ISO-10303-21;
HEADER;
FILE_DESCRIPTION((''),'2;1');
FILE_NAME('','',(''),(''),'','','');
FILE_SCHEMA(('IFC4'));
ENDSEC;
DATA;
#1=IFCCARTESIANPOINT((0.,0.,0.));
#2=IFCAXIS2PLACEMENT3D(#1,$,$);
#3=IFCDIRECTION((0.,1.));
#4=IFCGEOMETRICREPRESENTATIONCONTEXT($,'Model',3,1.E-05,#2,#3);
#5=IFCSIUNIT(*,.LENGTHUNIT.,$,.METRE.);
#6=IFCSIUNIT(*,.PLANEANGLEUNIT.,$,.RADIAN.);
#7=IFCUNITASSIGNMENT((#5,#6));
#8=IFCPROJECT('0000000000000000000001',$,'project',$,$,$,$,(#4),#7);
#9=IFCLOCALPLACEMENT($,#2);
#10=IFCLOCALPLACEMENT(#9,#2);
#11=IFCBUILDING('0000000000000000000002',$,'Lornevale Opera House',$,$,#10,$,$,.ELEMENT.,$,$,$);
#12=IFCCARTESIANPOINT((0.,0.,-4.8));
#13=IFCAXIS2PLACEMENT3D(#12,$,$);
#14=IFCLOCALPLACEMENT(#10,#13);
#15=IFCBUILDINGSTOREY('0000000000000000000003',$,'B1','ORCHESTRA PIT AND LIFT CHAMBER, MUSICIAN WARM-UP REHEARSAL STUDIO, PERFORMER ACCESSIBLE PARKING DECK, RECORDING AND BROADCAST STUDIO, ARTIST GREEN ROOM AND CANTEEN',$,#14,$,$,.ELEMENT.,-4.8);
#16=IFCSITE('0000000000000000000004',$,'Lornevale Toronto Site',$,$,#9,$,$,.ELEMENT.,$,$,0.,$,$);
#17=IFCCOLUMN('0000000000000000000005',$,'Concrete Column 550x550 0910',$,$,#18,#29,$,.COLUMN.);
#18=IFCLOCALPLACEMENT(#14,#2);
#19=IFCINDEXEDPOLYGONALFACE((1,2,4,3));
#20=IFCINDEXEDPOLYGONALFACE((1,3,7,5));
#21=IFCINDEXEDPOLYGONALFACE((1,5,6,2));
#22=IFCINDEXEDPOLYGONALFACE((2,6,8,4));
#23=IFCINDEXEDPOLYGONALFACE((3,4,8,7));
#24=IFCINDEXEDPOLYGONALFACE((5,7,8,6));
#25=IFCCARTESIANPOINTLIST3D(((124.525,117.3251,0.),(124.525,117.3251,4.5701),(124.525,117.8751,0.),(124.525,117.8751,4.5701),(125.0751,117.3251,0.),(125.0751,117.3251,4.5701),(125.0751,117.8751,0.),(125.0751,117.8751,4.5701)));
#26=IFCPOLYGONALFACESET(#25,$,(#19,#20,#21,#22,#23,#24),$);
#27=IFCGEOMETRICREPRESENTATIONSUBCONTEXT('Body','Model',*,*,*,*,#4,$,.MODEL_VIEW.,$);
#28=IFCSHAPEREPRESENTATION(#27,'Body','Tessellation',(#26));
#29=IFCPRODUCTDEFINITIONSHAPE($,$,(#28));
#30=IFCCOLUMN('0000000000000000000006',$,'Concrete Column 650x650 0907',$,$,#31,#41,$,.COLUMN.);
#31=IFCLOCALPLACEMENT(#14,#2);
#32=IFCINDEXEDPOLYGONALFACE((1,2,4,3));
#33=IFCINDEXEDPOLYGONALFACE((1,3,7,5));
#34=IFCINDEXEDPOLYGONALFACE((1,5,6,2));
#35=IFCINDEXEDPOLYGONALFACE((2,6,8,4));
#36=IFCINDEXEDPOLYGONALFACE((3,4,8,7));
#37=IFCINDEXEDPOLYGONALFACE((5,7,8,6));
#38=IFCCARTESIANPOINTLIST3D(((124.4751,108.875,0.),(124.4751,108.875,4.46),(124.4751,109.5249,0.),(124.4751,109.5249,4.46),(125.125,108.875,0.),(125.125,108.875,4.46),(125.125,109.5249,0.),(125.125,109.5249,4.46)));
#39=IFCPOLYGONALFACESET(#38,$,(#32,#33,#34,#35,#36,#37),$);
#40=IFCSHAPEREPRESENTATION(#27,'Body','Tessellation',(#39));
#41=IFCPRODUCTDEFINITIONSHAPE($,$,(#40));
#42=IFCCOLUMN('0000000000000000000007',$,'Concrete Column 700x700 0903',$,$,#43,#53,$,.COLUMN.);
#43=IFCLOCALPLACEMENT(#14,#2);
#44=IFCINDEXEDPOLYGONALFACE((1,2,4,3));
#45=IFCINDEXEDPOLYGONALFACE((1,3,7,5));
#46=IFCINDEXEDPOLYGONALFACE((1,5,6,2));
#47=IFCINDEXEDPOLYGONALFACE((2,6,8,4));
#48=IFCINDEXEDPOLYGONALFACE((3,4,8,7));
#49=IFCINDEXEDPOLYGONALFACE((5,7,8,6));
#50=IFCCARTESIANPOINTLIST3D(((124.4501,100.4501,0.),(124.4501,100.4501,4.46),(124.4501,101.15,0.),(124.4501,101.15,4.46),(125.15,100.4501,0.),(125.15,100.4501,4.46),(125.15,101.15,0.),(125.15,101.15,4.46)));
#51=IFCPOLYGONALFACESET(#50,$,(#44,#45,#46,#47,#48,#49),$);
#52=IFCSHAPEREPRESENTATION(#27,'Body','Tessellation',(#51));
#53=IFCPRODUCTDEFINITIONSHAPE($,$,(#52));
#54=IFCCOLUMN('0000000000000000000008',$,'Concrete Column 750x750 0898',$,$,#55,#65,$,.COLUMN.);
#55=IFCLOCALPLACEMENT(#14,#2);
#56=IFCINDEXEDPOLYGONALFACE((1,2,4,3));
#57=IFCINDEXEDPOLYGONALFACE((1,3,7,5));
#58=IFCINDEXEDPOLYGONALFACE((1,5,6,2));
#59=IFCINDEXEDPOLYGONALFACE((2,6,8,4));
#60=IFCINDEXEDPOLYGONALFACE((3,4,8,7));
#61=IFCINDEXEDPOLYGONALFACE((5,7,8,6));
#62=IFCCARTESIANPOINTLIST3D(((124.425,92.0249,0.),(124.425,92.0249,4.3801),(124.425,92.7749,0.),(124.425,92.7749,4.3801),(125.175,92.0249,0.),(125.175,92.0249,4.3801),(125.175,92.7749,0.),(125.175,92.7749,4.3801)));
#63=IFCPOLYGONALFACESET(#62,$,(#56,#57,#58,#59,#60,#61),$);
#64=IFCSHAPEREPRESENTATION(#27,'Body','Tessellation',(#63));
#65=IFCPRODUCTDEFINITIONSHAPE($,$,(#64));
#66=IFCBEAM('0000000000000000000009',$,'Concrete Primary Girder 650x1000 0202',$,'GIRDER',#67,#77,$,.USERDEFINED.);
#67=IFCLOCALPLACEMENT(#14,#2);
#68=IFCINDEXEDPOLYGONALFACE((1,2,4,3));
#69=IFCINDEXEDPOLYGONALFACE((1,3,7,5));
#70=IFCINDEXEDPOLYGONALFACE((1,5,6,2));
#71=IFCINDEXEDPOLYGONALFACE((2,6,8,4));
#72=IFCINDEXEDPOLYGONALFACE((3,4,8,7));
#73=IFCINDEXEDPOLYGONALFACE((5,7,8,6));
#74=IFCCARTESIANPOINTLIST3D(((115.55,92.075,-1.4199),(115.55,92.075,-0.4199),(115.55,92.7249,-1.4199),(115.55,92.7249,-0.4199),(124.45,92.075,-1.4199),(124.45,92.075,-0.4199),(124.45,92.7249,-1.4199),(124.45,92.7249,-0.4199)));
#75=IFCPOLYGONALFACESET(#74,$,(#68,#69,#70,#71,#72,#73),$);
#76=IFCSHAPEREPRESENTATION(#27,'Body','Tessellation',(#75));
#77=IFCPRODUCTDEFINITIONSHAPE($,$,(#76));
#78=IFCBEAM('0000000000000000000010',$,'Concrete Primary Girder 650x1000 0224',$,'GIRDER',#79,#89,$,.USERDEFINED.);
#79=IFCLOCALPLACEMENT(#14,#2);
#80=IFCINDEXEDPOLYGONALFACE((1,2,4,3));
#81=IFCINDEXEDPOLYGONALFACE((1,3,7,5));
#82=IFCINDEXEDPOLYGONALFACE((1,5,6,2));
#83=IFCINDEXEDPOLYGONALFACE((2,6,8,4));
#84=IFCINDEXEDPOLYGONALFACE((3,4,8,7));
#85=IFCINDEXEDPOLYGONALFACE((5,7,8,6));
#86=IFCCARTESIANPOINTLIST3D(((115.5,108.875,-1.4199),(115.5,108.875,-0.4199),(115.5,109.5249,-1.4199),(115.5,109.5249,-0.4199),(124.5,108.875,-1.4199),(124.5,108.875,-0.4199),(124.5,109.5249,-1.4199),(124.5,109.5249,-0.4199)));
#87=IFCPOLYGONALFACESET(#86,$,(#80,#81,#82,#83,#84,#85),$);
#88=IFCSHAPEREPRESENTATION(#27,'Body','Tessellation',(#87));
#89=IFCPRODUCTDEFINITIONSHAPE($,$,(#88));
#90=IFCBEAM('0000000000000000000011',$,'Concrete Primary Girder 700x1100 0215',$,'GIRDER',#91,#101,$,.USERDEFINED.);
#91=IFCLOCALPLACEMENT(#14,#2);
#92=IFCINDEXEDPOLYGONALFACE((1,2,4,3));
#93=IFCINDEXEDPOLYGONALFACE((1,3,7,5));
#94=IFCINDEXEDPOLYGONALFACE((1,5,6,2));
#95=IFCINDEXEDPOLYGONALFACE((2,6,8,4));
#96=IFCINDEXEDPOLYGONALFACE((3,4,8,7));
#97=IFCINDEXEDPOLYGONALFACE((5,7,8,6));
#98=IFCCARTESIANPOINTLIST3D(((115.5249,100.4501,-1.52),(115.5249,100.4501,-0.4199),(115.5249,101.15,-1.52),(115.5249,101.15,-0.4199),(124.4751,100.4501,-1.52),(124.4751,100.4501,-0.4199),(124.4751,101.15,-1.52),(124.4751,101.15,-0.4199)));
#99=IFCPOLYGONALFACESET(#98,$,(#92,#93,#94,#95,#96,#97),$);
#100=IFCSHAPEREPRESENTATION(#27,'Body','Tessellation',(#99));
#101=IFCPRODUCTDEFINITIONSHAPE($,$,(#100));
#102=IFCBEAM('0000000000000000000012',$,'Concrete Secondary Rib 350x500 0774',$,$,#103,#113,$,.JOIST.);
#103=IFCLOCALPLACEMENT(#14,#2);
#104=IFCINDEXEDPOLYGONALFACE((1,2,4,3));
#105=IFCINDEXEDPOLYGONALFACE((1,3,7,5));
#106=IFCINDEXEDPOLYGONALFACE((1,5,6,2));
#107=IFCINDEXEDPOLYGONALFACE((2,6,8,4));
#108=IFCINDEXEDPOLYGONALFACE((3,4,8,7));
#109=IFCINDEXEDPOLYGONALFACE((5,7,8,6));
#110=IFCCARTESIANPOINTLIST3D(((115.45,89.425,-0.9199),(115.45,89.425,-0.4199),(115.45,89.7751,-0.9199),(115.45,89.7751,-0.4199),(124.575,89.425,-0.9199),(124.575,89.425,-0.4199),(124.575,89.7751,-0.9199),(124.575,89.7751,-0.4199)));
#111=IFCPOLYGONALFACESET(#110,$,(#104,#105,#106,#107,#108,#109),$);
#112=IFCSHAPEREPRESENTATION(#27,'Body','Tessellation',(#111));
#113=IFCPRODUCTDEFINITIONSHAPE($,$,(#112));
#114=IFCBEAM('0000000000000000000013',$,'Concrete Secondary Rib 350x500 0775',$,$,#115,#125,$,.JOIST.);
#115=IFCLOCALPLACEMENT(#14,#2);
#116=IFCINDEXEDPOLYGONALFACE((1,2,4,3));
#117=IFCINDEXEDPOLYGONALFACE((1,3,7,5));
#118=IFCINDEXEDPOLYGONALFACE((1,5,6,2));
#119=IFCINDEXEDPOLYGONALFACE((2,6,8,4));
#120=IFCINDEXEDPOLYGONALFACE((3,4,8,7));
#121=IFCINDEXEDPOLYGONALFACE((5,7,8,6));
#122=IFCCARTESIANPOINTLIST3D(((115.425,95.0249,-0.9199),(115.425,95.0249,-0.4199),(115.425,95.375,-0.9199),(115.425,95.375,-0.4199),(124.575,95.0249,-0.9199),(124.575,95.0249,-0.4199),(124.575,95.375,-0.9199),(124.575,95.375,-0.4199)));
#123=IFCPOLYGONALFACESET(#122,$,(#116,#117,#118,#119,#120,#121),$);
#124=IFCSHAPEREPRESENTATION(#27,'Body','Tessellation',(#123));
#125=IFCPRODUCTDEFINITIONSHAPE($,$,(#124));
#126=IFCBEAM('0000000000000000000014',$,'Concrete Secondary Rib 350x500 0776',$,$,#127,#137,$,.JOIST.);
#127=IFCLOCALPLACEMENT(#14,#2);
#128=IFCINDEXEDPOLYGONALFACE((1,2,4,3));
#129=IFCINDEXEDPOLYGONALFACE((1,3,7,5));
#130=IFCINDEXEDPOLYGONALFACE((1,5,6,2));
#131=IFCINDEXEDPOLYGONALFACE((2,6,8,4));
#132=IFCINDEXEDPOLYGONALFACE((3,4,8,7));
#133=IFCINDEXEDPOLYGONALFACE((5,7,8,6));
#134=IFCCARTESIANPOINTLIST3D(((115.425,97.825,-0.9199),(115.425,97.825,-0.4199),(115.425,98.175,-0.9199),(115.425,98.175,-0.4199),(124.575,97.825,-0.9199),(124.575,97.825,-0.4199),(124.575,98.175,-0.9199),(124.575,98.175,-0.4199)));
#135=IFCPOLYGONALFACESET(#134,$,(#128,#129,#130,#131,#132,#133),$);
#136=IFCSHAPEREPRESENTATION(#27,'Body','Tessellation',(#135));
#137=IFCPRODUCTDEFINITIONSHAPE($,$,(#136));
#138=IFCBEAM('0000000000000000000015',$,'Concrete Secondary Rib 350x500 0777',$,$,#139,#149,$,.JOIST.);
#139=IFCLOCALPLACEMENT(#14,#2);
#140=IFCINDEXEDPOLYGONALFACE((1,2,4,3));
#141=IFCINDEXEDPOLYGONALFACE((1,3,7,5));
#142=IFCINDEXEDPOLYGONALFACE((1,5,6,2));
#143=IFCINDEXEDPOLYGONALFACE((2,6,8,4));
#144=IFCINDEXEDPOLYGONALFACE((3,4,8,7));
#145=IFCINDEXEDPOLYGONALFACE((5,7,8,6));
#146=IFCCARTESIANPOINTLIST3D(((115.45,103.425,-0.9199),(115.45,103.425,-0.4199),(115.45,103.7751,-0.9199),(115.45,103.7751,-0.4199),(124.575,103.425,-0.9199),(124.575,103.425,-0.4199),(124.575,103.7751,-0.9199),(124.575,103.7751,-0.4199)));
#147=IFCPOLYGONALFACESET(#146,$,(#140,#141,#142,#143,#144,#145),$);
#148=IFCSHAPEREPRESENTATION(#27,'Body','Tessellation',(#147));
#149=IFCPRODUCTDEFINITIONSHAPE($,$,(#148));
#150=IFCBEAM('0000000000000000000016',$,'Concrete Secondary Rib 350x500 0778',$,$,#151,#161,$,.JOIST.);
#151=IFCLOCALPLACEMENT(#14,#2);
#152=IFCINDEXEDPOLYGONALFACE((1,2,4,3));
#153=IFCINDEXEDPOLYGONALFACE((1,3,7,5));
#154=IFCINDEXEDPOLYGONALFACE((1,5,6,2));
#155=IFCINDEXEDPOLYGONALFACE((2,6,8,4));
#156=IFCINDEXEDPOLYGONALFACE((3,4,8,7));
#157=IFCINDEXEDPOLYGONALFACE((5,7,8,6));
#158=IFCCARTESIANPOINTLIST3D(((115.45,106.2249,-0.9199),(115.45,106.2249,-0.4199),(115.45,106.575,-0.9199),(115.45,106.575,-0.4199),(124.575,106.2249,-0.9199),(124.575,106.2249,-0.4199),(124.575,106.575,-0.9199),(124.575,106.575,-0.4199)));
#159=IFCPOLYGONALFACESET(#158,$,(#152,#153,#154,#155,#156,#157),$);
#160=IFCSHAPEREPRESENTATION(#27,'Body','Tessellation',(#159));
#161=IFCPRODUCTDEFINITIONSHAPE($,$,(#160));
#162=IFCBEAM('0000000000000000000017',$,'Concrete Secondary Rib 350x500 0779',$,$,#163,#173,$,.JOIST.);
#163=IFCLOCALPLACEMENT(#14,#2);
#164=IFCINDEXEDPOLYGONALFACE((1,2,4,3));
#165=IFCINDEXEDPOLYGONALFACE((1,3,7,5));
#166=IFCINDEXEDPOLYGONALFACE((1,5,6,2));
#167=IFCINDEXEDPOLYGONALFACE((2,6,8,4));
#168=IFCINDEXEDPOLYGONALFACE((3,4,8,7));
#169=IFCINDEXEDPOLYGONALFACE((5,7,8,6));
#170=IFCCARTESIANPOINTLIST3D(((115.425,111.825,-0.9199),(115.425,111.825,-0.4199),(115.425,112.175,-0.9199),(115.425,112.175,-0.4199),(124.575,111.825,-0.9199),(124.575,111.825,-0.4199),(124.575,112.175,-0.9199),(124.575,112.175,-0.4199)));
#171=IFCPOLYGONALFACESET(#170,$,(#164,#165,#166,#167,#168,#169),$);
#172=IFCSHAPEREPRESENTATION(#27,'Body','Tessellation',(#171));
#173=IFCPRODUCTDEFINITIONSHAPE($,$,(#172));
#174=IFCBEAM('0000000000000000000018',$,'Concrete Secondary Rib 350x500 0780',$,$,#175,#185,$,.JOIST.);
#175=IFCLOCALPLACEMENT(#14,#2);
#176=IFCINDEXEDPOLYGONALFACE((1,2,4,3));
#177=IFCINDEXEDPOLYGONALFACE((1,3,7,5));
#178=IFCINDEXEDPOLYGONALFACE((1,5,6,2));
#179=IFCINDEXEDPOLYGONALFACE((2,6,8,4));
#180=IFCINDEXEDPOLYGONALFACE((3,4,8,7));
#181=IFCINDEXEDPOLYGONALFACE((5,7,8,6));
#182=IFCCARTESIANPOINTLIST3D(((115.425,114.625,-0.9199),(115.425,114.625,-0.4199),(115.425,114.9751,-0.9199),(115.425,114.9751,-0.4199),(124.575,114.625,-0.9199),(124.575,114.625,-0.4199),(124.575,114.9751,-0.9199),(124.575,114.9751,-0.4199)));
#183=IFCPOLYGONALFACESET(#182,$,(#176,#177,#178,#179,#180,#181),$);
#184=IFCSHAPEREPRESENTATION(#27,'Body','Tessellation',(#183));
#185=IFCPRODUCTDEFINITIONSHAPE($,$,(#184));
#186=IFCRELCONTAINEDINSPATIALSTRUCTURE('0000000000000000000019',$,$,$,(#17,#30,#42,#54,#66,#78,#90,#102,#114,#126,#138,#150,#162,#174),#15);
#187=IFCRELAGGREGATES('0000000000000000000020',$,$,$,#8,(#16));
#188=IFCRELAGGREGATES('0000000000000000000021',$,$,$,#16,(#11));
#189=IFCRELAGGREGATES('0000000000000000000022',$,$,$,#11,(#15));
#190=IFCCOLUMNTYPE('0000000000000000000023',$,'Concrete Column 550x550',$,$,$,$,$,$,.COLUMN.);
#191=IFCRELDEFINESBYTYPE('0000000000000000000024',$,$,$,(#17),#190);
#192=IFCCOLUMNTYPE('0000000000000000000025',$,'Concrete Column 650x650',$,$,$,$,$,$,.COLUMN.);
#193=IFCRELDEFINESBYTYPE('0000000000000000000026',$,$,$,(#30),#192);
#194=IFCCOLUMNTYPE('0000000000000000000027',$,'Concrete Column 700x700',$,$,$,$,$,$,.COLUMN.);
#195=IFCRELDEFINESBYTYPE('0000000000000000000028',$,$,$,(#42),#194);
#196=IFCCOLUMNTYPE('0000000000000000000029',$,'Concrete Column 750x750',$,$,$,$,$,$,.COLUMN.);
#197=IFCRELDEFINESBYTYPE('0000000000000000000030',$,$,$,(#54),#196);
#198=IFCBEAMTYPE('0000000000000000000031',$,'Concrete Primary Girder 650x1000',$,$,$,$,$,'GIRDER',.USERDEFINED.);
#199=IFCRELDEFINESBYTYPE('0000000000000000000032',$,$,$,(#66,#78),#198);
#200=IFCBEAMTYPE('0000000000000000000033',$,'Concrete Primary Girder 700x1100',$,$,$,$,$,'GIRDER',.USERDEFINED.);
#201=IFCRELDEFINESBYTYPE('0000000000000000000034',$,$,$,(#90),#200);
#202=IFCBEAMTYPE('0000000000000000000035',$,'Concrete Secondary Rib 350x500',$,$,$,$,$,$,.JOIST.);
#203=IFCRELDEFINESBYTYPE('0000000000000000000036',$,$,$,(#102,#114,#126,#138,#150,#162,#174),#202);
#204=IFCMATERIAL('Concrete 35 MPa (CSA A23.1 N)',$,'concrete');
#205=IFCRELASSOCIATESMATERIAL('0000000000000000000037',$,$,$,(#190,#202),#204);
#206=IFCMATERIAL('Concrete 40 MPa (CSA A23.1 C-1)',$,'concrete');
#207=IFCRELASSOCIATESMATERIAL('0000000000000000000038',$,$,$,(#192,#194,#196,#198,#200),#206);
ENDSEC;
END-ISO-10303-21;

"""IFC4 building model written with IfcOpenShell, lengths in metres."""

from ifc_helpers import new_model, si_unit, direction, frame, origin, origin_2d, place, context, subcontext, project, spatial, rectangle, extrude, material, material_profile, profile_set, type_object, element, save


model = new_model("IFC4")

# Units and contexts
model_context = context("Model", 3, precision=1e-05, world=origin(), true_north=direction((0.0, 1.0)))
body_context = subcontext(model_context, "Body", "Model", "MODEL_VIEW")
ifc_project = project(units=[si_unit("LENGTHUNIT", "METRE"), si_unit("PLANEANGLEUNIT", "RADIAN")], contexts=[model_context])

# Site, building, storey
site_placement = place(None, origin())
site = spatial("IfcSite", under=ifc_project, at=site_placement, Name="Lornevale Toronto Site", CompositionType="ELEMENT", RefElevation=0.0)
building_placement = place(site_placement, origin())
building = spatial("IfcBuilding", under=site, at=building_placement, Name="Lornevale Opera House", CompositionType="ELEMENT")
storey_placement = place(building_placement, frame((0.0, 0.0, -4.8)))
storey = spatial("IfcBuildingStorey", under=building, at=storey_placement, Name="B1", Description="ORCHESTRA PIT AND LIFT CHAMBER, MUSICIAN WARM-UP REHEARSAL STUDIO, PERFORMER ACCESSIBLE PARKING DECK, RECORDING AND BROADCAST STUDIO, ARTIST GREEN ROOM AND CANTEEN", CompositionType="ELEMENT", Elevation=-4.8)

# Columns
ifc_material_1 = material(Name="Concrete 35 MPa (CSA A23.1 N)", Category="concrete")
ifc_material_profile_1 = material_profile(ifc_material_1, rectangle(XDim=0.55, YDim=0.55, at=origin_2d()), Name="RC550x550")
ifc_profile_set_1 = profile_set([ifc_material_profile_1], Name="Concrete 35 MPa (CSA A23.1 N)")
column_type_1 = type_object("IfcColumnType", Name="Concrete Column 550x550", PredefinedType="COLUMN", material=ifc_profile_set_1)
column_1_placement = place(storey_placement, frame((124.8, 117.6001, 0.0), z_axis=(0.0, 0.0, 1.0), x_axis=(1.0, 0.0, 0.0)))
element("IfcColumn", 1, at=column_1_placement, inside=storey, type_object=column_type_1, Name="Concrete Column 550x550 0910", PredefinedType="COLUMN", context=body_context, shape_type="SweptSolid", body=[
    extrude(rectangle(XDim=0.55, YDim=0.55, at=origin_2d()), origin(), (0.0, 0.0, 1.0), 4.5701),
])
ifc_material_2 = material(Name="Concrete 40 MPa (CSA A23.1 C-1)", Category="concrete")
ifc_material_profile_2 = material_profile(ifc_material_2, rectangle(XDim=0.6499, YDim=0.6499, at=origin_2d()), Name="RC650x650")
ifc_profile_set_2 = profile_set([ifc_material_profile_2], Name="Concrete 40 MPa (CSA A23.1 C-1)")
column_type_2 = type_object("IfcColumnType", Name="Concrete Column 650x650", PredefinedType="COLUMN", material=ifc_profile_set_2)
column_2_placement = place(storey_placement, frame((124.8, 109.2, 0.0), z_axis=(0.0, 0.0, 1.0), x_axis=(1.0, 0.0, 0.0)))
element("IfcColumn", 2, at=column_2_placement, inside=storey, type_object=column_type_2, Name="Concrete Column 650x650 0907", PredefinedType="COLUMN", context=body_context, shape_type="SweptSolid", body=[
    extrude(rectangle(XDim=0.6499, YDim=0.6499, at=origin_2d()), origin(), (0.0, 0.0, 1.0), 4.46),
])
ifc_material_profile_3 = material_profile(ifc_material_2, rectangle(XDim=0.7, YDim=0.7, at=origin_2d()), Name="RC700x700")
ifc_profile_set_3 = profile_set([ifc_material_profile_3], Name="Concrete 40 MPa (CSA A23.1 C-1)")
column_type_3 = type_object("IfcColumnType", Name="Concrete Column 700x700", PredefinedType="COLUMN", material=ifc_profile_set_3)
column_3_placement = place(storey_placement, frame((124.8, 100.8, 0.0), z_axis=(0.0, 0.0, 1.0), x_axis=(1.0, 0.0, 0.0)))
element("IfcColumn", 3, at=column_3_placement, inside=storey, type_object=column_type_3, Name="Concrete Column 700x700 0903", PredefinedType="COLUMN", context=body_context, shape_type="SweptSolid", body=[
    extrude(rectangle(XDim=0.7, YDim=0.7, at=origin_2d()), origin(), (0.0, 0.0, 1.0), 4.46),
])
ifc_material_profile_4 = material_profile(ifc_material_2, rectangle(XDim=0.75, YDim=0.75, at=origin_2d()), Name="RC750x750")
ifc_profile_set_4 = profile_set([ifc_material_profile_4], Name="Concrete 40 MPa (CSA A23.1 C-1)")
column_type_4 = type_object("IfcColumnType", Name="Concrete Column 750x750", PredefinedType="COLUMN", material=ifc_profile_set_4)
column_4_placement = place(storey_placement, frame((124.8, 92.3999, 0.0), z_axis=(0.0, 0.0, 1.0), x_axis=(1.0, 0.0, 0.0)))
element("IfcColumn", 4, at=column_4_placement, inside=storey, type_object=column_type_4, Name="Concrete Column 750x750 0898", PredefinedType="COLUMN", context=body_context, shape_type="SweptSolid", body=[
    extrude(rectangle(XDim=0.75, YDim=0.75, at=origin_2d()), origin(), (0.0, 0.0, 1.0), 4.3801),
])

# Beams
ifc_material_profile_5 = material_profile(ifc_material_2, rectangle(XDim=0.6499, YDim=1.0, at=origin_2d()), Name="RC650x1000")
ifc_profile_set_5 = profile_set([ifc_material_profile_5], Name="Concrete 40 MPa (CSA A23.1 C-1)")
beam_type_1 = type_object("IfcBeamType", Name="Concrete Primary Girder 650x1000", ElementType="GIRDER", PredefinedType="USERDEFINED", material=ifc_profile_set_5)
beam_1_placement = place(storey_placement, frame((115.55, 92.3999, -0.9199), z_axis=(1.0, 0.0, 0.0), x_axis=(0.0, 1.0, 0.0)))
element("IfcBeam", 5, at=beam_1_placement, inside=storey, type_object=beam_type_1, Name="Concrete Primary Girder 650x1000 0202", ObjectType="GIRDER", PredefinedType="USERDEFINED", context=body_context, shape_type="SweptSolid", body=[
    extrude(rectangle(XDim=0.6499, YDim=1.0, at=origin_2d()), origin(), (0.0, 0.0, 1.0), 8.8999),
])
beam_2_placement = place(storey_placement, frame((115.5, 109.2, -0.9199), z_axis=(1.0, 0.0, 0.0), x_axis=(0.0, 1.0, 0.0)))
element("IfcBeam", 6, at=beam_2_placement, inside=storey, type_object=beam_type_1, Name="Concrete Primary Girder 650x1000 0224", ObjectType="GIRDER", PredefinedType="USERDEFINED", context=body_context, shape_type="SweptSolid", body=[
    extrude(rectangle(XDim=0.6499, YDim=1.0, at=origin_2d()), origin(), (0.0, 0.0, 1.0), 9.0),
])
ifc_material_profile_6 = material_profile(ifc_material_2, rectangle(XDim=0.7, YDim=1.1001, at=origin_2d()), Name="RC700x1100")
ifc_profile_set_6 = profile_set([ifc_material_profile_6], Name="Concrete 40 MPa (CSA A23.1 C-1)")
beam_type_2 = type_object("IfcBeamType", Name="Concrete Primary Girder 700x1100", ElementType="GIRDER", PredefinedType="USERDEFINED", material=ifc_profile_set_6)
beam_3_placement = place(storey_placement, frame((115.5249, 100.8, -0.97), z_axis=(1.0, 0.0, 0.0), x_axis=(0.0, 1.0, 0.0)))
element("IfcBeam", 7, at=beam_3_placement, inside=storey, type_object=beam_type_2, Name="Concrete Primary Girder 700x1100 0215", ObjectType="GIRDER", PredefinedType="USERDEFINED", context=body_context, shape_type="SweptSolid", body=[
    extrude(rectangle(XDim=0.7, YDim=1.1001, at=origin_2d()), origin(), (0.0, 0.0, 1.0), 8.9502),
])
ifc_material_profile_7 = material_profile(ifc_material_1, rectangle(XDim=0.3501, YDim=0.5, at=origin_2d()), Name="RC350x500")
ifc_profile_set_7 = profile_set([ifc_material_profile_7], Name="Concrete 35 MPa (CSA A23.1 N)")
beam_type_3 = type_object("IfcBeamType", Name="Concrete Secondary Rib 350x500", PredefinedType="JOIST", material=ifc_profile_set_7)
beam_4_placement = place(storey_placement, frame((115.45, 89.6001, -0.6699), z_axis=(1.0, 0.0, 0.0), x_axis=(0.0, 1.0, 0.0)))
element("IfcBeam", 8, at=beam_4_placement, inside=storey, type_object=beam_type_3, Name="Concrete Secondary Rib 350x500 0774", PredefinedType="JOIST", context=body_context, shape_type="SweptSolid", body=[
    extrude(rectangle(XDim=0.3501, YDim=0.5, at=origin_2d()), origin(), (0.0, 0.0, 1.0), 9.125),
])
for number, where, z_axis, x_axis, name in (
    (9, (115.425, 95.2, -0.6699), (1.0, 0.0, 0.0), (0.0, 1.0, 0.0), "Concrete Secondary Rib 350x500 0775"),
    (10, (115.425, 98.0, -0.6699), (1.0, 0.0, 0.0), (0.0, 1.0, 0.0), "Concrete Secondary Rib 350x500 0776"),
):
    element("IfcBeam", number, at=place(storey_placement, frame(where, z_axis=z_axis, x_axis=x_axis)), inside=storey, type_object=beam_type_3, Name=name, PredefinedType="JOIST", context=body_context, shape_type="SweptSolid", body=[
        extrude(rectangle(XDim=0.3501, YDim=0.5, at=origin_2d()), origin(), (0.0, 0.0, 1.0), 9.1499),
    ])
for number, where, z_axis, x_axis, name in (
    (11, (115.45, 103.6001, -0.6699), (1.0, 0.0, 0.0), (0.0, 1.0, 0.0), "Concrete Secondary Rib 350x500 0777"),
    (12, (115.45, 106.3999, -0.6699), (1.0, 0.0, 0.0), (0.0, 1.0, 0.0), "Concrete Secondary Rib 350x500 0778"),
):
    element("IfcBeam", number, at=place(storey_placement, frame(where, z_axis=z_axis, x_axis=x_axis)), inside=storey, type_object=beam_type_3, Name=name, PredefinedType="JOIST", context=body_context, shape_type="SweptSolid", body=[
        extrude(rectangle(XDim=0.3501, YDim=0.5, at=origin_2d()), origin(), (0.0, 0.0, 1.0), 9.125),
    ])
for number, where, z_axis, x_axis, name in (
    (13, (115.425, 112.0, -0.6699), (1.0, 0.0, 0.0), (0.0, 1.0, 0.0), "Concrete Secondary Rib 350x500 0779"),
    (14, (115.425, 114.8, -0.6699), (1.0, 0.0, 0.0), (0.0, 1.0, 0.0), "Concrete Secondary Rib 350x500 0780"),
):
    element("IfcBeam", number, at=place(storey_placement, frame(where, z_axis=z_axis, x_axis=x_axis)), inside=storey, type_object=beam_type_3, Name=name, PredefinedType="JOIST", context=body_context, shape_type="SweptSolid", body=[
        extrude(rectangle(XDim=0.3501, YDim=0.5, at=origin_2d()), origin(), (0.0, 0.0, 1.0), 9.1499),
    ])

save(model, "model.ifc")
